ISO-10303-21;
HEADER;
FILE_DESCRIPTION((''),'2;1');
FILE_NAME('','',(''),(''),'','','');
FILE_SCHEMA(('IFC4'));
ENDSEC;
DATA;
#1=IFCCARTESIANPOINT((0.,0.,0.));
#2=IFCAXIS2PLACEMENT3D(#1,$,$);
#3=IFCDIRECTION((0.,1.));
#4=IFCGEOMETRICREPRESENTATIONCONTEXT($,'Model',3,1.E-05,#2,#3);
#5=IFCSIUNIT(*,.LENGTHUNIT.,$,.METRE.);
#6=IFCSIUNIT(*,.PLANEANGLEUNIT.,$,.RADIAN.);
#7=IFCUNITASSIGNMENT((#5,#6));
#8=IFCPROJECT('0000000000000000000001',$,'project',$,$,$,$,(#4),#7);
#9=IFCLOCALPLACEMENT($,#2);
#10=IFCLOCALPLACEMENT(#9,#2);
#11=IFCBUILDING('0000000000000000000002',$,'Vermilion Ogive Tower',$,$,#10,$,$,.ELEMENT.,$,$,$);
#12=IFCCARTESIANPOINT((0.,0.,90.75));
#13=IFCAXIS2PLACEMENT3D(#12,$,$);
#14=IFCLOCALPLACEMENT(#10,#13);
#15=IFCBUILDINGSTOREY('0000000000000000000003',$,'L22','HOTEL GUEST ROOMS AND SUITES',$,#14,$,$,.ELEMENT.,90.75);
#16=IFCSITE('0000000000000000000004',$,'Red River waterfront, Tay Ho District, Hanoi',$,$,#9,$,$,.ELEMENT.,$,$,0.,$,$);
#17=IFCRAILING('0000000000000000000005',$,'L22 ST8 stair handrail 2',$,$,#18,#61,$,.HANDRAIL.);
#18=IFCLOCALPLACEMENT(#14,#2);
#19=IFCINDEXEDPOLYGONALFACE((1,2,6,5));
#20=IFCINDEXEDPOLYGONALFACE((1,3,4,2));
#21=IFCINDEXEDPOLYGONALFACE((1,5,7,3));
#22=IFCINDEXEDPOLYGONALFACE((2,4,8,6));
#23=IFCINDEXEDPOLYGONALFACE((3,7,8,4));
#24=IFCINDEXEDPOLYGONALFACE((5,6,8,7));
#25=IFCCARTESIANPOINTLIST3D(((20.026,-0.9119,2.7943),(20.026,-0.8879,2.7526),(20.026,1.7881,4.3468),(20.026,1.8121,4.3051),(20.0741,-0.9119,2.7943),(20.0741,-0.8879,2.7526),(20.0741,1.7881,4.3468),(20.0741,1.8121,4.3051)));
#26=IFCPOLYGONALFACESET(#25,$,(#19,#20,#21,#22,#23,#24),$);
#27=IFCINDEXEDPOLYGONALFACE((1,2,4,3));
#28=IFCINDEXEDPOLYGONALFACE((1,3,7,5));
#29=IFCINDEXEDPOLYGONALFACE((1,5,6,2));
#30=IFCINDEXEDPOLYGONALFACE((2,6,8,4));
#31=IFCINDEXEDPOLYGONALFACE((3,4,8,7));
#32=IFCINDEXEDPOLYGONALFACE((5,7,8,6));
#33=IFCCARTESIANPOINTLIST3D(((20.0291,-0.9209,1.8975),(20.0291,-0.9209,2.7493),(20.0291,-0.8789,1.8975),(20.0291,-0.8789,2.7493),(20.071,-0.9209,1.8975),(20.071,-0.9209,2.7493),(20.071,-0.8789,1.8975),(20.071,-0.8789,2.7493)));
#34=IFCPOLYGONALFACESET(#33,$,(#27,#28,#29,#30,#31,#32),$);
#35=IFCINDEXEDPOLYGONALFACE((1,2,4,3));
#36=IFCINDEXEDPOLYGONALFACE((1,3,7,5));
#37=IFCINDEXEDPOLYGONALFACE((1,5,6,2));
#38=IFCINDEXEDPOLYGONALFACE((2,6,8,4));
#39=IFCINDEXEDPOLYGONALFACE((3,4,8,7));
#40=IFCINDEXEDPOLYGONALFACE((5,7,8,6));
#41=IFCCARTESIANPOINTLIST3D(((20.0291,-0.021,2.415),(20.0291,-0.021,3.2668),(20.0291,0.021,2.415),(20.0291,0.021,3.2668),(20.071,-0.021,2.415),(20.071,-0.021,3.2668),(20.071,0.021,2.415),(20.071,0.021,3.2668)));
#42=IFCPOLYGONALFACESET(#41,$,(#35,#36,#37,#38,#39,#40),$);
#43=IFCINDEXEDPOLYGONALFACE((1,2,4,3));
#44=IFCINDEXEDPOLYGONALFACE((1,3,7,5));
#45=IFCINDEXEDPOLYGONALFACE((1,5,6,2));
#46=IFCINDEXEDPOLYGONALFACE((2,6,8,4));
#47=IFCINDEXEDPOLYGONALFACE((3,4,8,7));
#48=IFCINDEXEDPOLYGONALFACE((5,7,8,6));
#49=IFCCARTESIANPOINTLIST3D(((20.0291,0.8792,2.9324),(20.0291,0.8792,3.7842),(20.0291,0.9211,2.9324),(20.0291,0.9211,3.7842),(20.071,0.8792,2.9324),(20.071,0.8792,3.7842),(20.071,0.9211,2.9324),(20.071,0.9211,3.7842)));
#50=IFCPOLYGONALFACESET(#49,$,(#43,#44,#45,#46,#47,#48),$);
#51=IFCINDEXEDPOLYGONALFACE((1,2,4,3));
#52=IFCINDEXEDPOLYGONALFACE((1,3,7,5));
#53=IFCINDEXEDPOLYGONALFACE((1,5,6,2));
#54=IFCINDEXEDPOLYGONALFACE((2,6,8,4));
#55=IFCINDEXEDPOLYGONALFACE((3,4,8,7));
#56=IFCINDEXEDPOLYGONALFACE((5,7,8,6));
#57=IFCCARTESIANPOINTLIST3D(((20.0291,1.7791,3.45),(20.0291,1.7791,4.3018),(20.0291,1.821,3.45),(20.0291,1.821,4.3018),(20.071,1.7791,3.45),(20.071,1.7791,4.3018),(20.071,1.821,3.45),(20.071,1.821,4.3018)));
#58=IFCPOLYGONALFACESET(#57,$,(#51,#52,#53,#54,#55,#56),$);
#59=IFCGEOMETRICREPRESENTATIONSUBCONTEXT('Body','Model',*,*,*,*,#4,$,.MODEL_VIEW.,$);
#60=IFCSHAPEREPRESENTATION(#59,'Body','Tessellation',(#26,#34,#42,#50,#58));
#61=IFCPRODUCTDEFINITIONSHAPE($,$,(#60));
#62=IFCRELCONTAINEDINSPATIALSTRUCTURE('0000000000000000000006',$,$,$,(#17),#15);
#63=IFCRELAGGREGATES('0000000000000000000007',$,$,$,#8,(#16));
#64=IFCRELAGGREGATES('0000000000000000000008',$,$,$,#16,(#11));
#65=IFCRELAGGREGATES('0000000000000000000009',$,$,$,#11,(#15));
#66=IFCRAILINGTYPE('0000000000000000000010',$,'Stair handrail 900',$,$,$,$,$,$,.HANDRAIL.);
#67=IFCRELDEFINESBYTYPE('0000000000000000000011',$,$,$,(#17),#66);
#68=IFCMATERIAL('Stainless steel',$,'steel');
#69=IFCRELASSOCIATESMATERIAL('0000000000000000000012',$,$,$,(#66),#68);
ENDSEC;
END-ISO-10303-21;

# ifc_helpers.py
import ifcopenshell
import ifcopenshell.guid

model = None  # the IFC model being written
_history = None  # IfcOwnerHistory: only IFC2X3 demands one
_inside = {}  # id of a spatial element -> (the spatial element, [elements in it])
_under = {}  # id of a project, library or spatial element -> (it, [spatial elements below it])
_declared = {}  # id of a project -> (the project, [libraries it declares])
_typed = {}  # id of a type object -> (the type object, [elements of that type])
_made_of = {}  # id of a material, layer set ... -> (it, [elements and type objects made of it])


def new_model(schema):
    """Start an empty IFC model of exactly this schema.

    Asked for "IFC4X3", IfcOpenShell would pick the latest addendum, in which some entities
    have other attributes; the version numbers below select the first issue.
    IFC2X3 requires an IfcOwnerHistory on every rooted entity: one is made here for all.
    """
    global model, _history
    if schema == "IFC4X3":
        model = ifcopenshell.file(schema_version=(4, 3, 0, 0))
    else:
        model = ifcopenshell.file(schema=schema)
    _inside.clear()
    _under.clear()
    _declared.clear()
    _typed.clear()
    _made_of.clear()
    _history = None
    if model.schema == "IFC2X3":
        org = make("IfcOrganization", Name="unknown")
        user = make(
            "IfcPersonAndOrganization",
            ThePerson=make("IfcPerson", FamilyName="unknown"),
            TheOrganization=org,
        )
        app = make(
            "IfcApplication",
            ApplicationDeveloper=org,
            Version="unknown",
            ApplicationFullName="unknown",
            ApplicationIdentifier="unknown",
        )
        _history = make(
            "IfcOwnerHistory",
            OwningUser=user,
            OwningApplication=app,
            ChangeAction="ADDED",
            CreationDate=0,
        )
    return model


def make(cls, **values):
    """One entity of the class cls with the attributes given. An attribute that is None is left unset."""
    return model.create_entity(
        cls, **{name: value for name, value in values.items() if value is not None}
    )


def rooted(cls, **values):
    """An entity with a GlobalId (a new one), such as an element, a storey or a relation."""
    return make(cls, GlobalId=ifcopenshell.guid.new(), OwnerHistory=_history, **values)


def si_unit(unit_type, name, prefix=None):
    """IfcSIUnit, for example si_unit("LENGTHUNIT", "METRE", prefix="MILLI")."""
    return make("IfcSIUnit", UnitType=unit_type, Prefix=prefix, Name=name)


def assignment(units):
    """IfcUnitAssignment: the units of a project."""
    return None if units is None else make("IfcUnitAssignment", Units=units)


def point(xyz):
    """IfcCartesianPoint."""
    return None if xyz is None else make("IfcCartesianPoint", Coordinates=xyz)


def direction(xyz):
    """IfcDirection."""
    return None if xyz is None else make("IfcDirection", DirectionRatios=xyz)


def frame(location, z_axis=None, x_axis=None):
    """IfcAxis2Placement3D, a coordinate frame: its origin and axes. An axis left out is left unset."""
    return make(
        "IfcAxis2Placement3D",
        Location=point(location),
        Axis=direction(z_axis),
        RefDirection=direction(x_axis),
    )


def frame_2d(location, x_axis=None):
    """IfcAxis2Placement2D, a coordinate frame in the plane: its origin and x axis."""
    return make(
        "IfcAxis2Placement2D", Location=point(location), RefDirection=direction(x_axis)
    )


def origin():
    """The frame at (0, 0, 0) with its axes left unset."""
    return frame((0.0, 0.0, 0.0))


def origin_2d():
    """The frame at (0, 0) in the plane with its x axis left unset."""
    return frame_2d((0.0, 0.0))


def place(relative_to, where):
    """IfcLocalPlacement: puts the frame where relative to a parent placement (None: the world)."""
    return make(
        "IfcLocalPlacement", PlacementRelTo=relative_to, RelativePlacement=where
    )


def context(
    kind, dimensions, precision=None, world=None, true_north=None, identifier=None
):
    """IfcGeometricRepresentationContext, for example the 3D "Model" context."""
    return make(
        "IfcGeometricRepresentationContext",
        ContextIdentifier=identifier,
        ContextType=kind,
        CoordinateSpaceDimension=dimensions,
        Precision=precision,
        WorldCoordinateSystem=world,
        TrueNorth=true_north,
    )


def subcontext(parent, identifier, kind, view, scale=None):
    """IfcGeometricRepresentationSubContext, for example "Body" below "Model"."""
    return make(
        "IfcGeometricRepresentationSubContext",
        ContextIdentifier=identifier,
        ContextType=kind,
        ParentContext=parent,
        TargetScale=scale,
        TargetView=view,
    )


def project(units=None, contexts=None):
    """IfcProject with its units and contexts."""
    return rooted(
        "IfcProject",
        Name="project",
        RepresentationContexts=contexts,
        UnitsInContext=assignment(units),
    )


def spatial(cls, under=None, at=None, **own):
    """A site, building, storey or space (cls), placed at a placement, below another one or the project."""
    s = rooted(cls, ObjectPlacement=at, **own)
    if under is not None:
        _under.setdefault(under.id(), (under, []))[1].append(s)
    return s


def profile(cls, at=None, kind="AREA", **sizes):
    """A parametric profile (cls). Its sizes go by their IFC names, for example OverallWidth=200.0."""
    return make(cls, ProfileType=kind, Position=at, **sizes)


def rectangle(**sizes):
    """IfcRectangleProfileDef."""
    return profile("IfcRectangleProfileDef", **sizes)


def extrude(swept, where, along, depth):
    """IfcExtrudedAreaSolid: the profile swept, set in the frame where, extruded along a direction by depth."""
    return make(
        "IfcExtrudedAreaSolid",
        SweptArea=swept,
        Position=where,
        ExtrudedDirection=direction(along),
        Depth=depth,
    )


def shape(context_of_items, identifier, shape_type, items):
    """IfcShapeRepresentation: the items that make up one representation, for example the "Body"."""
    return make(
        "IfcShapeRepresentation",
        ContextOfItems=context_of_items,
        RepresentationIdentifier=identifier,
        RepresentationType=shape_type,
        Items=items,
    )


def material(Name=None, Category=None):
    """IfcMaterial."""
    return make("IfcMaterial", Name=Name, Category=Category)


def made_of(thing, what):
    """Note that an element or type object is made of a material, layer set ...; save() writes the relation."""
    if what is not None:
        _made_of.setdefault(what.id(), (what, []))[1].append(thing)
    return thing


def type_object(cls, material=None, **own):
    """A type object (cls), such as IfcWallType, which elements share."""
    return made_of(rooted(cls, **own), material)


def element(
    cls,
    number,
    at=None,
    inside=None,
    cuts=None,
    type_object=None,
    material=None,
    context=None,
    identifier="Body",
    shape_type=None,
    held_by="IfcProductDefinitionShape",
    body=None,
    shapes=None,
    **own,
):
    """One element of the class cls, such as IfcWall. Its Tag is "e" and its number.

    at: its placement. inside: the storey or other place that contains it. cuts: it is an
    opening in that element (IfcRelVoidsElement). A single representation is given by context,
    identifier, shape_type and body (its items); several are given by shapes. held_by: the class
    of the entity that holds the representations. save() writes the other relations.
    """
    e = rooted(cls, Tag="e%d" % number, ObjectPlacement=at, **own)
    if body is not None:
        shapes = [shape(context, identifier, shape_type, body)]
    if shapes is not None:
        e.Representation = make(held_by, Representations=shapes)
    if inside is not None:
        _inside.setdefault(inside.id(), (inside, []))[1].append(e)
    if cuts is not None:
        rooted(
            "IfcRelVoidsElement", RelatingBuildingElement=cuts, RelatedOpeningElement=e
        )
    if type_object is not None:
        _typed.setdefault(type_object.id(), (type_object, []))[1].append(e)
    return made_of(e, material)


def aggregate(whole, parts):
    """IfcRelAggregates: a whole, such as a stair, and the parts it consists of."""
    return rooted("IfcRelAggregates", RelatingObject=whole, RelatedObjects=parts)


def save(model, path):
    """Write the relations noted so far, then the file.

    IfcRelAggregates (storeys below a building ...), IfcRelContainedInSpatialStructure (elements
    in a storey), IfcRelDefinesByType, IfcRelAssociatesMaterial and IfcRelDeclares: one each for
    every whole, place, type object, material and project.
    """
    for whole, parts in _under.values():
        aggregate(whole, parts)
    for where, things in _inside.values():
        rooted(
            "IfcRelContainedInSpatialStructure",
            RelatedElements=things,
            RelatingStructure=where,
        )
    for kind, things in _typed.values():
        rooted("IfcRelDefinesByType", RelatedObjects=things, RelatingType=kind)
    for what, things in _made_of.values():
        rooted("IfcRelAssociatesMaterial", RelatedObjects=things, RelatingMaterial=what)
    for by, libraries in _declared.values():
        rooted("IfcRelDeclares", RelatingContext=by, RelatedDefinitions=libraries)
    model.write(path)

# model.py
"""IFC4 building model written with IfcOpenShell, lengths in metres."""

from ifc_helpers import new_model, si_unit, direction, frame, origin, origin_2d, place, context, subcontext, project, spatial, rectangle, extrude, material, type_object, element, save


model = new_model("IFC4")

# Units and contexts
model_context = context("Model", 3, precision=1e-05, world=origin(), true_north=direction((0.0, 1.0)))
body_context = subcontext(model_context, "Body", "Model", "MODEL_VIEW")
ifc_project = project(units=[si_unit("LENGTHUNIT", "METRE"), si_unit("PLANEANGLEUNIT", "RADIAN")], contexts=[model_context])

# Site, building, storey
site_placement = place(None, origin())
site = spatial("IfcSite", under=ifc_project, at=site_placement, Name="Red River waterfront, Tay Ho District, Hanoi", CompositionType="ELEMENT", RefElevation=0.0)
building_placement = place(site_placement, origin())
building = spatial("IfcBuilding", under=site, at=building_placement, Name="Vermilion Ogive Tower", CompositionType="ELEMENT")
storey_placement = place(building_placement, frame((0.0, 0.0, 90.75)))
storey = spatial("IfcBuildingStorey", under=building, at=storey_placement, Name="L22", Description="HOTEL GUEST ROOMS AND SUITES", CompositionType="ELEMENT", Elevation=90.75)

# Railing
ifc_material_1 = material(Name="Stainless steel", Category="steel")
railing_type = type_object("IfcRailingType", Name="Stair handrail 900", PredefinedType="HANDRAIL", material=ifc_material_1)
railing_placement = place(storey_placement, frame((20.05, -0.8999, 1.8975)))
element("IfcRailing", 1, at=railing_placement, inside=storey, type_object=railing_type, Name="L22 ST8 stair handrail 2", PredefinedType="HANDRAIL", context=body_context, shape_type="SweptSolid", body=[
    extrude(rectangle(XDim=0.0481, YDim=0.0481, at=origin_2d()), frame((0.0, 0.0, 0.876), z_axis=(0.0, 0.866904, 0.498476), x_axis=(-1.0, 0.0, 0.0)), (0.0, 0.0, 1.0), 3.1145),
    extrude(rectangle(XDim=0.042, YDim=0.042, at=origin_2d()), origin(), (0.0, 0.0, 1.0), 0.8518),
    extrude(rectangle(XDim=0.042, YDim=0.042, at=origin_2d()), frame((0.0, 0.8999, 0.5176)), (0.0, 0.0, 1.0), 0.8518),
    extrude(rectangle(XDim=0.042, YDim=0.042, at=origin_2d()), frame((0.0, 1.8, 1.0349)), (0.0, 0.0, 1.0), 0.8518),
    extrude(rectangle(XDim=0.042, YDim=0.042, at=origin_2d()), frame((0.0, 2.7, 1.5525)), (0.0, 0.0, 1.0), 0.8518),
])

save(model, "model.ifc")
